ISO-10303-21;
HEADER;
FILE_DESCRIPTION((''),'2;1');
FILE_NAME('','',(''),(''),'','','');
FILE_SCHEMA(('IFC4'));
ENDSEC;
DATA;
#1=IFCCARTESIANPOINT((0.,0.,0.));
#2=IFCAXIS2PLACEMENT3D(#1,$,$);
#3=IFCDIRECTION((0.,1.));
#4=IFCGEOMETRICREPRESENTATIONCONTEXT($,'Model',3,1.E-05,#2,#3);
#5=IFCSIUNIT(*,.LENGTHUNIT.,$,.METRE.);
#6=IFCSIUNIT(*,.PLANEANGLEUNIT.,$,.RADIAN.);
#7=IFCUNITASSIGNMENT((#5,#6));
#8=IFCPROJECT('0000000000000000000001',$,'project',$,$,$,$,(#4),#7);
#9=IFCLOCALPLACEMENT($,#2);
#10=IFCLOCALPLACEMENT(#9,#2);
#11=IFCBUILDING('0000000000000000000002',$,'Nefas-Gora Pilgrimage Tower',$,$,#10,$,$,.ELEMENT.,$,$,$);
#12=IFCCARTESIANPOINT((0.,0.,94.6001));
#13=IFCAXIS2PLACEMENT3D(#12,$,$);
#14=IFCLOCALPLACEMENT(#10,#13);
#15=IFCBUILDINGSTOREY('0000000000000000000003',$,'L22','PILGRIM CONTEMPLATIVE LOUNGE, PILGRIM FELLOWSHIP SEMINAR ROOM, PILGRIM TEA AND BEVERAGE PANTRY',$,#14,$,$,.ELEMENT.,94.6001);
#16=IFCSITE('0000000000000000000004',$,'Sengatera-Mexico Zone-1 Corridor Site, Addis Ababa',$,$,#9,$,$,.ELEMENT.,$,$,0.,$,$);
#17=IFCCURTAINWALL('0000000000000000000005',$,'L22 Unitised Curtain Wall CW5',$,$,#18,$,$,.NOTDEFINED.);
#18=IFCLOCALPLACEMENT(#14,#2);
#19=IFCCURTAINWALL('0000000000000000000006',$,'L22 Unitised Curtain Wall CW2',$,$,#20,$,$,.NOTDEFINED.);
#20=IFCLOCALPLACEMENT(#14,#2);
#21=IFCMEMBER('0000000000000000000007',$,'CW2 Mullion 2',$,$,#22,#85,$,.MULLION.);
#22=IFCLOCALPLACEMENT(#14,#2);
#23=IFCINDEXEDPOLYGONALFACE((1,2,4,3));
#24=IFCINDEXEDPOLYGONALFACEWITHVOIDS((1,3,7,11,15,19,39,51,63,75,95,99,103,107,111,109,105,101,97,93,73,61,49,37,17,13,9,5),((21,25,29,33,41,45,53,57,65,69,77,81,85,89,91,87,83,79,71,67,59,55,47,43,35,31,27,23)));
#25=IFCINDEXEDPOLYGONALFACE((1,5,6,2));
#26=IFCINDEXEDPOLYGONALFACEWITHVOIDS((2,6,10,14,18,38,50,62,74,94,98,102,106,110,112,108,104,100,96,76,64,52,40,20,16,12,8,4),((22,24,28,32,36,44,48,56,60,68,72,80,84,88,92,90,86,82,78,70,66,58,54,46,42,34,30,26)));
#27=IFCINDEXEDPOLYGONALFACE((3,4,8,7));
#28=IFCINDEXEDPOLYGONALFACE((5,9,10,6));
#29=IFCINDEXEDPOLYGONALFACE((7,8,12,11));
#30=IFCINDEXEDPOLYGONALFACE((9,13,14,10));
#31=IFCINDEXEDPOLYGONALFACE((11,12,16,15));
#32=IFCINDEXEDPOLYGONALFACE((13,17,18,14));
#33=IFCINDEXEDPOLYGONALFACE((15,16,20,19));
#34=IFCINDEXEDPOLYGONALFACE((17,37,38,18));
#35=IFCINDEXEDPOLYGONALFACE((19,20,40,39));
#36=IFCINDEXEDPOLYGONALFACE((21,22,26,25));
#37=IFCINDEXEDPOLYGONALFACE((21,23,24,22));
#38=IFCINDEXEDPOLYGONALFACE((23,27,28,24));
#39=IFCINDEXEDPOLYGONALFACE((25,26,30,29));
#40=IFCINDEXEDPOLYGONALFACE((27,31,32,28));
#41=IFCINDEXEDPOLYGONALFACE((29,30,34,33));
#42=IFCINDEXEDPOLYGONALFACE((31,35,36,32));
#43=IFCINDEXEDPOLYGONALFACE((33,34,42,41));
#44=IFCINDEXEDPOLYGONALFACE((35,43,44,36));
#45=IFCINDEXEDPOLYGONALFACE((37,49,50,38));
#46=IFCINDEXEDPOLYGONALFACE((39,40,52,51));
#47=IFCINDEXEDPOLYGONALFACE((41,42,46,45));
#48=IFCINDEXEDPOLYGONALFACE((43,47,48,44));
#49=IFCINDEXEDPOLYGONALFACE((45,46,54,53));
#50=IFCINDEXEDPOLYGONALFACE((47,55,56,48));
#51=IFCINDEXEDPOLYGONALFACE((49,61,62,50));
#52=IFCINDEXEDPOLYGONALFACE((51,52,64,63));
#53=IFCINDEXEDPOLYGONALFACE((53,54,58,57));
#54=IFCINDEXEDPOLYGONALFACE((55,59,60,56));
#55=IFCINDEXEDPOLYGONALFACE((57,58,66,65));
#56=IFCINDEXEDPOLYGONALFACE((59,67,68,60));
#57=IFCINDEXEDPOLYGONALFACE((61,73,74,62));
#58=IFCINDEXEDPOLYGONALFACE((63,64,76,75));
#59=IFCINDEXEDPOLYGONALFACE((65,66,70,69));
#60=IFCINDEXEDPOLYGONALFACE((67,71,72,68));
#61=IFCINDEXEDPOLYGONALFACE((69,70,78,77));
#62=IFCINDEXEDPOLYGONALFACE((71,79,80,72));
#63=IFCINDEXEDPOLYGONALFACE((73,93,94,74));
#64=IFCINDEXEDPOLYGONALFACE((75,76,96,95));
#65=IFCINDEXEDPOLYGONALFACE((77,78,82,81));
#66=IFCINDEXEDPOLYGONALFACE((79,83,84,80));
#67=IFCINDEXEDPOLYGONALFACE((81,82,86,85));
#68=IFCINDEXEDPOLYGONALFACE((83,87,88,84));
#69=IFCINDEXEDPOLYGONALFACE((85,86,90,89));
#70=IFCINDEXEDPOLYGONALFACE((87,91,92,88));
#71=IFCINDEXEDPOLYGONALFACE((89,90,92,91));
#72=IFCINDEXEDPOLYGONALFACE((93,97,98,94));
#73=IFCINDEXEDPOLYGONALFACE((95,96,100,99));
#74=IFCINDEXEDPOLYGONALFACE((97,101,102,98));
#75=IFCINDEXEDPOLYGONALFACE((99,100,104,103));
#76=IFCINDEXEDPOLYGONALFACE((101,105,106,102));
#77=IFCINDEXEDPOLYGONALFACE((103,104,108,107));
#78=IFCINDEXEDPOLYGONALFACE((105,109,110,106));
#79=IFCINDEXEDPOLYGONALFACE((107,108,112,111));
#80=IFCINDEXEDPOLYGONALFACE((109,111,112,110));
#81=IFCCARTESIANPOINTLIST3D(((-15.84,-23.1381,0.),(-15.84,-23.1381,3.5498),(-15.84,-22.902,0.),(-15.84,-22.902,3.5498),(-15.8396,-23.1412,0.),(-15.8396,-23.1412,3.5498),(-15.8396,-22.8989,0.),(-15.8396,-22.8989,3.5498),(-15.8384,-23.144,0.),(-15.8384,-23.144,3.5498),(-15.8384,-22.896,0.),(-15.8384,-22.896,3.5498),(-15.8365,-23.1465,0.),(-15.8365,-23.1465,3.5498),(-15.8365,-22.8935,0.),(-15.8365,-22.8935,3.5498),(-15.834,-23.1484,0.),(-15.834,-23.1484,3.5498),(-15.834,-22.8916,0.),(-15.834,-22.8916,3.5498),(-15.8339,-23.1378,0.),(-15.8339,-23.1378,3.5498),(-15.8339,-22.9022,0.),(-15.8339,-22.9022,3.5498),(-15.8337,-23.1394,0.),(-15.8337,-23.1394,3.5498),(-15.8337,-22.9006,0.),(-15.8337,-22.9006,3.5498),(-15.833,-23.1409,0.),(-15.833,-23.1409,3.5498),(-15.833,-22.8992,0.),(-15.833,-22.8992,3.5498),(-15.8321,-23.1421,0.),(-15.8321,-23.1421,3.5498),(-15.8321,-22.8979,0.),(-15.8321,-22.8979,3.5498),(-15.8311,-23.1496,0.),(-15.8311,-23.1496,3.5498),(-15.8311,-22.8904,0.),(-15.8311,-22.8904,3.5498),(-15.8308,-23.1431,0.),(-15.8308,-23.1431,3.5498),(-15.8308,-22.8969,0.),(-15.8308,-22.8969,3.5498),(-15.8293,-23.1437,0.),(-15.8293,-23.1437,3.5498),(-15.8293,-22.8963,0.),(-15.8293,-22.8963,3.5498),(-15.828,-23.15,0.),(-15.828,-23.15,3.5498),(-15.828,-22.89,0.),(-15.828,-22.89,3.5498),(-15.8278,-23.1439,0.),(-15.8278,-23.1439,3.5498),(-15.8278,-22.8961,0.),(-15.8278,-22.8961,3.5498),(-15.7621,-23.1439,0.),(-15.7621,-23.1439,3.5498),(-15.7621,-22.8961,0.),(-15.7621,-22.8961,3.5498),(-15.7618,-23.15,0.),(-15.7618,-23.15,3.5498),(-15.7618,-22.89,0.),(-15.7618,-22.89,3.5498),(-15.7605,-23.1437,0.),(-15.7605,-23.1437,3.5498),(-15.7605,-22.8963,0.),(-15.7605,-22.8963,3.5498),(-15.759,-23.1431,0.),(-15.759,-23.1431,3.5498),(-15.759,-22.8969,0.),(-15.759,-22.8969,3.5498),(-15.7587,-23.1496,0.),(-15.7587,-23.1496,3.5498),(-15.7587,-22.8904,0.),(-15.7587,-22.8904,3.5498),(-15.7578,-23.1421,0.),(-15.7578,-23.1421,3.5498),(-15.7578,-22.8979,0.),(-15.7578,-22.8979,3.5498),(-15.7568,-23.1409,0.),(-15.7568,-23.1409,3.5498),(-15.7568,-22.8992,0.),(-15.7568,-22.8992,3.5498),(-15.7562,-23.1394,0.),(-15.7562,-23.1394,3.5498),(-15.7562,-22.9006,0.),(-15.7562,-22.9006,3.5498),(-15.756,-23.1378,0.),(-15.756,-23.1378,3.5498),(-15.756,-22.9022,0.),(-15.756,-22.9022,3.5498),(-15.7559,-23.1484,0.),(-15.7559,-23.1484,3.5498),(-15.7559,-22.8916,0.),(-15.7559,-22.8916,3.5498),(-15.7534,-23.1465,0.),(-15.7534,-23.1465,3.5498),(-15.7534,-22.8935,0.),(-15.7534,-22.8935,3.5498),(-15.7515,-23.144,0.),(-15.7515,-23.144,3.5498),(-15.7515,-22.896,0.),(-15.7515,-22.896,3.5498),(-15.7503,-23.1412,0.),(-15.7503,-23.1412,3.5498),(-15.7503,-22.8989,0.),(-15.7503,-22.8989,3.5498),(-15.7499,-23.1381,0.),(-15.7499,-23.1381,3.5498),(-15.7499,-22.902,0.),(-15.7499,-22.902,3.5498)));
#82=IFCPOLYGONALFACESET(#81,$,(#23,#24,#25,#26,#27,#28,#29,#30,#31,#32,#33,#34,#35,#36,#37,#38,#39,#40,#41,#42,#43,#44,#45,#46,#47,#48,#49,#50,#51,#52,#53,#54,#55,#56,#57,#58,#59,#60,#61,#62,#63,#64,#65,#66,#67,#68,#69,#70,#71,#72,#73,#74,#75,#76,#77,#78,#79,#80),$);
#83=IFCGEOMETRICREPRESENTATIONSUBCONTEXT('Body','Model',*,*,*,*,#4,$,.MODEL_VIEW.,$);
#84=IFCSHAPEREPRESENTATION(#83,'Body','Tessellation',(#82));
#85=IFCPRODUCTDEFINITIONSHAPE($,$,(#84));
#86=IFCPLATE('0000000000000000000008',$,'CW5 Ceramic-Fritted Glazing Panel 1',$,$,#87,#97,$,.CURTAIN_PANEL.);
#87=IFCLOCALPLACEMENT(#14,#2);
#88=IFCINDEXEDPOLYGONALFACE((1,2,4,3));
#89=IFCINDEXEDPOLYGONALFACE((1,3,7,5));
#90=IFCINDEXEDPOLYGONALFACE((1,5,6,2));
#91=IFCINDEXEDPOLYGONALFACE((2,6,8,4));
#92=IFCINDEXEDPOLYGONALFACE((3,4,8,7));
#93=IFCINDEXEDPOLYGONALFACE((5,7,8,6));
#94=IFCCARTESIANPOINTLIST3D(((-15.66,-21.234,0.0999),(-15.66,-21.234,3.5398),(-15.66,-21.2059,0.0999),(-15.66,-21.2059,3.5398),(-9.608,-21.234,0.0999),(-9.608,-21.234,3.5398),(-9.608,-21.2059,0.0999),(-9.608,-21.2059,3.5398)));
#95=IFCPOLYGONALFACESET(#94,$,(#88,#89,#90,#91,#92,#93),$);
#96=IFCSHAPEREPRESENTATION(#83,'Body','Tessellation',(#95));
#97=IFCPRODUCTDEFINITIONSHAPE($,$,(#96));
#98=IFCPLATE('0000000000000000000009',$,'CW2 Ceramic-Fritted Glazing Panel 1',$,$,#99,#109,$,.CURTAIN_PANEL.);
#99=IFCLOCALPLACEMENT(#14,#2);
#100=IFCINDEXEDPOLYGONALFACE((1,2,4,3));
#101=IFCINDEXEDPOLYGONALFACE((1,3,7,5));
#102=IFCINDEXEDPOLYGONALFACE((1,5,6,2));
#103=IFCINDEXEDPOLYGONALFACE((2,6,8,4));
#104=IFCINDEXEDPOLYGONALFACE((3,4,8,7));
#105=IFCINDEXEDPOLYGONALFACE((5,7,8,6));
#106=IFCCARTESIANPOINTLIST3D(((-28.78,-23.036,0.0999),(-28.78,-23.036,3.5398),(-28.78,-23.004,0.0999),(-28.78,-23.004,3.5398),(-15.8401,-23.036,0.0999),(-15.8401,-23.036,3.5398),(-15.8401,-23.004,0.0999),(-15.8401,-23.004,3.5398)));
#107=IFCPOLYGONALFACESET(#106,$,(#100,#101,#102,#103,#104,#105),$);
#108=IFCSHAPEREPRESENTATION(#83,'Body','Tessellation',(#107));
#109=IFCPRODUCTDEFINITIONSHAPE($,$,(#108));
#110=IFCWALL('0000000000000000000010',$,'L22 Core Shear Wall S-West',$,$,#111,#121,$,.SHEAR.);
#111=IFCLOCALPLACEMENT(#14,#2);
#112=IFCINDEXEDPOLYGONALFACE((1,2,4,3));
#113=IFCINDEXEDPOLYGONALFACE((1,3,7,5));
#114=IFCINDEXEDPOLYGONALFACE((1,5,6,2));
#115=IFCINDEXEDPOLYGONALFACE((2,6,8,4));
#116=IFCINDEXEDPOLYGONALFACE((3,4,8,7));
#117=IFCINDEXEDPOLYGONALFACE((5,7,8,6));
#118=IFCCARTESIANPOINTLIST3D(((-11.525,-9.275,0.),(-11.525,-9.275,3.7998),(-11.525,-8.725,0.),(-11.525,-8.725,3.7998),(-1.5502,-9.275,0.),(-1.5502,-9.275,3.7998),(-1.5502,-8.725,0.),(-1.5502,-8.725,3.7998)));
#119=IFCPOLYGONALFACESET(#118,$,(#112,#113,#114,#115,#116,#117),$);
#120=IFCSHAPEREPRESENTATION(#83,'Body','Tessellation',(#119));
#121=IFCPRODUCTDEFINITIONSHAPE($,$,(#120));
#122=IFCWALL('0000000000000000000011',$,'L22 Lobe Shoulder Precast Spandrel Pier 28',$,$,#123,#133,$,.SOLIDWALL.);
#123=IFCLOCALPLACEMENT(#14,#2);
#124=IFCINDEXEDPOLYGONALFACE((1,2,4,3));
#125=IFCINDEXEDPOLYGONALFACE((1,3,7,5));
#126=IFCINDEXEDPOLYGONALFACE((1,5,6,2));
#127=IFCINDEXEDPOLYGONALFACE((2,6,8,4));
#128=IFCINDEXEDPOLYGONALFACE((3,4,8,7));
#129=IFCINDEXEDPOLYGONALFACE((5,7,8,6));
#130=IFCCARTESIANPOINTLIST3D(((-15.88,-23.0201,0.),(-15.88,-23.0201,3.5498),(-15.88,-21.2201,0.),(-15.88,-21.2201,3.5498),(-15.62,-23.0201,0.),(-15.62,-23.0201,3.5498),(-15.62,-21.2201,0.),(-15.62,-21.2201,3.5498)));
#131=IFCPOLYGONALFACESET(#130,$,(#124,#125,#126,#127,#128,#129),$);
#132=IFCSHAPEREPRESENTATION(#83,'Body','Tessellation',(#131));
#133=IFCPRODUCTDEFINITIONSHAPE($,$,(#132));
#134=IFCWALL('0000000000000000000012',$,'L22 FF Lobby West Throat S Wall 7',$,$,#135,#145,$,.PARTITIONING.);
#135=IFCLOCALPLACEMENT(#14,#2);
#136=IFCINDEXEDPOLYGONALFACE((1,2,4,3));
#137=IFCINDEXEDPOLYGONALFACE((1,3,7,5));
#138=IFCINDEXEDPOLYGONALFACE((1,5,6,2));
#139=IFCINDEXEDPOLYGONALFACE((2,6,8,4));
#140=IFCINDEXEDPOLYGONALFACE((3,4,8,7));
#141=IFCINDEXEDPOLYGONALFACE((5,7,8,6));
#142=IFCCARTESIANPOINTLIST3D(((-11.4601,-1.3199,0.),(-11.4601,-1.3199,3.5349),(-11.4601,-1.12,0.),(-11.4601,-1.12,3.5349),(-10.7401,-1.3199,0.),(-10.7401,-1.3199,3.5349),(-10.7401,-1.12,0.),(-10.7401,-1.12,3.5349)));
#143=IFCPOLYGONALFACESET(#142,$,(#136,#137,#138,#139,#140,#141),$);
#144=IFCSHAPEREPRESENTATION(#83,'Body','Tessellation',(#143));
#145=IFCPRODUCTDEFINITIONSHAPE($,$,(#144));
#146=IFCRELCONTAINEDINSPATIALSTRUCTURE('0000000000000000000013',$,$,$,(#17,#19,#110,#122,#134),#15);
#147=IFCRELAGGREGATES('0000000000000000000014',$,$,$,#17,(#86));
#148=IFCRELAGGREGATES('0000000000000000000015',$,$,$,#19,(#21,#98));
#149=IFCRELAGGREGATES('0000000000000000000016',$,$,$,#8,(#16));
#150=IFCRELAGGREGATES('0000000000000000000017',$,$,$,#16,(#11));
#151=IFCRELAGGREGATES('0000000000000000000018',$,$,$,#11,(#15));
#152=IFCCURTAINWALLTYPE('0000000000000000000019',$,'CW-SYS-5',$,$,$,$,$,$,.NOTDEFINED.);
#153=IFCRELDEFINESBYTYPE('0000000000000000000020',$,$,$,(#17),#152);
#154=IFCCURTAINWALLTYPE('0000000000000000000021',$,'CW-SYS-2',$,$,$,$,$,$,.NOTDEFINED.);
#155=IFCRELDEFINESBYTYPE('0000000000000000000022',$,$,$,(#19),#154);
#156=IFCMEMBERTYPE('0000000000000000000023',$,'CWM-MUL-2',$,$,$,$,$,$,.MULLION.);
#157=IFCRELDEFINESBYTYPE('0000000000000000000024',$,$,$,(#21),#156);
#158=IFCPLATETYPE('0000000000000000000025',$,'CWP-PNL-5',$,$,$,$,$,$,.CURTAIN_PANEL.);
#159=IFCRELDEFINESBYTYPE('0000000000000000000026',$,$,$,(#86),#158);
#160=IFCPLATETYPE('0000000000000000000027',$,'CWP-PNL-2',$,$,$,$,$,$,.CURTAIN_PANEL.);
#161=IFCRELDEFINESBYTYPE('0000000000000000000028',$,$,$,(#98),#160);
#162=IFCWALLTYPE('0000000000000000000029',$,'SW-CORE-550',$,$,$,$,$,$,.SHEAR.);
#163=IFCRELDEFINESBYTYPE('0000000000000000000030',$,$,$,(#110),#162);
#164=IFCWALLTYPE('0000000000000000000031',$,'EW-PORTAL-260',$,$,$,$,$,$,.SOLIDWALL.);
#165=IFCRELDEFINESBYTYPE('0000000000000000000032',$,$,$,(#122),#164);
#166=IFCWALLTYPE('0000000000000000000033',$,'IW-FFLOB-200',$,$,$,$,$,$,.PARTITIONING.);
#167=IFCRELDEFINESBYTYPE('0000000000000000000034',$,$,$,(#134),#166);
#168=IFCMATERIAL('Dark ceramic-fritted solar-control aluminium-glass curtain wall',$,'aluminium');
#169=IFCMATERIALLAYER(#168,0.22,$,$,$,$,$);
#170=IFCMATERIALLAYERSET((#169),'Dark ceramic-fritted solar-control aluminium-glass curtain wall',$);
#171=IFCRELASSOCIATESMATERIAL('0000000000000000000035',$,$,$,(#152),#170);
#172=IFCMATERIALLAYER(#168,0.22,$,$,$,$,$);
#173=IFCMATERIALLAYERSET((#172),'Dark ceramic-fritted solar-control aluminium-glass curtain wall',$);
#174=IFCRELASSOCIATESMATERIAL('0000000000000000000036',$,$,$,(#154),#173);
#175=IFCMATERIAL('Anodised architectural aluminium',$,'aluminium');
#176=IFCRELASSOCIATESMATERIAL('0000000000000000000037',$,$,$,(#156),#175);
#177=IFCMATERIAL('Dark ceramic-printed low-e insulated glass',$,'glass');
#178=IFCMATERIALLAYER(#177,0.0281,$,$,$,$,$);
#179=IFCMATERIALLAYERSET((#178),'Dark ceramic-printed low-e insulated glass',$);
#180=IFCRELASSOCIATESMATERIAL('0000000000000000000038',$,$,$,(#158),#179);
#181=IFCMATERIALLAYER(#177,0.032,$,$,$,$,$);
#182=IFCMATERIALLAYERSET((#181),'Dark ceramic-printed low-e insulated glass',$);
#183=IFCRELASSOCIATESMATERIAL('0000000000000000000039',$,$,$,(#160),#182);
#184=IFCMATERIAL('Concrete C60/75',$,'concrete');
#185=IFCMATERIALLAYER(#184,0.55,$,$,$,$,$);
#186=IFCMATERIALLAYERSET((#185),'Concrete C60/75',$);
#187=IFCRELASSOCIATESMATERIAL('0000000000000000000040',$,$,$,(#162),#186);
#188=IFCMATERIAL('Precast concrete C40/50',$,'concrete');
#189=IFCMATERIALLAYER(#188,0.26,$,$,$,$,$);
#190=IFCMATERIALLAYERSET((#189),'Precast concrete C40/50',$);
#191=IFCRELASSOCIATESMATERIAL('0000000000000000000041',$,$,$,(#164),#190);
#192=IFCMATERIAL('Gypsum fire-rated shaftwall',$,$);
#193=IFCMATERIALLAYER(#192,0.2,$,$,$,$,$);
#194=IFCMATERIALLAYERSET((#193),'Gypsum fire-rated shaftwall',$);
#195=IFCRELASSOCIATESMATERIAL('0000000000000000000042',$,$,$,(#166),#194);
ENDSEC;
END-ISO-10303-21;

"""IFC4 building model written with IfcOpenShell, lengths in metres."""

from ifc_helpers import new_model, si_unit, direction, frame, frame_2d, origin, origin_2d, place, context, subcontext, project, spatial, rectangle, hollow_rectangle, extrude, source, transform, mapped, material, layer, layer_set, material_profile, profile_set, type_object, element, aggregate, save


model = new_model("IFC4")

# Units and contexts
model_context = context("Model", 3, precision=1e-05, world=origin(), true_north=direction((0.0, 1.0)))
body_context = subcontext(model_context, "Body", "Model", "MODEL_VIEW")
ifc_project = project(units=[si_unit("LENGTHUNIT", "METRE"), si_unit("PLANEANGLEUNIT", "RADIAN")], contexts=[model_context])

# Site, building, storey
site_placement = place(None, origin())
site = spatial("IfcSite", under=ifc_project, at=site_placement, Name="Sengatera-Mexico Zone-1 Corridor Site, Addis Ababa", CompositionType="ELEMENT", RefElevation=0.0)
building_placement = place(site_placement, origin())
building = spatial("IfcBuilding", under=site, at=building_placement, Name="Nefas-Gora Pilgrimage Tower", CompositionType="ELEMENT")
storey_placement = place(building_placement, frame((0.0, 0.0, 94.6001)))
storey = spatial("IfcBuildingStorey", under=building, at=storey_placement, Name="L22", Description="PILGRIM CONTEMPLATIVE LOUNGE, PILGRIM FELLOWSHIP SEMINAR ROOM, PILGRIM TEA AND BEVERAGE PANTRY", CompositionType="ELEMENT", Elevation=94.6001)

# Curtain wall
ifc_material_1 = material(Name="Dark ceramic-fritted solar-control aluminium-glass curtain wall", Category="aluminium")
ifc_layer_1 = layer(ifc_material_1, 0.22)
ifc_layer_set_1 = layer_set([ifc_layer_1], Name="Dark ceramic-fritted solar-control aluminium-glass curtain wall")
curtain_wall_type_1 = type_object("IfcCurtainWallType", Name="CW-SYS-5", PredefinedType="NOTDEFINED", material=ifc_layer_set_1)
curtain_wall_1_placement = place(storey_placement, origin())
curtain_wall_1 = element("IfcCurtainWall", 1, at=curtain_wall_1_placement, inside=storey, type_object=curtain_wall_type_1, Name="L22 Unitised Curtain Wall CW5", PredefinedType="NOTDEFINED")
ifc_material_2 = material(Name="Anodised architectural aluminium", Category="aluminium")

# Curtain wall, member
ifc_layer_2 = layer(ifc_material_1, 0.22)
ifc_layer_set_2 = layer_set([ifc_layer_2], Name="Dark ceramic-fritted solar-control aluminium-glass curtain wall")
curtain_wall_type_2 = type_object("IfcCurtainWallType", Name="CW-SYS-2", PredefinedType="NOTDEFINED", material=ifc_layer_set_2)
curtain_wall_2_placement = place(storey_placement, origin())
curtain_wall_2 = element("IfcCurtainWall", 2, at=curtain_wall_2_placement, inside=storey, type_object=curtain_wall_type_2, Name="L22 Unitised Curtain Wall CW2", PredefinedType="NOTDEFINED")
ifc_material_profile_1 = material_profile(ifc_material_2, hollow_rectangle(XDim=0.0901, YDim=0.26, WallThickness=0.0061, InnerFilletRadius=0.0061, OuterFilletRadius=0.012, at=origin_2d()), Name="ALU MULLION 90x260")
ifc_profile_set_1 = profile_set([ifc_material_profile_1], Name="Anodised architectural aluminium")
member_type_1 = type_object("IfcMemberType", Name="CWM-MUL-2", PredefinedType="MULLION", material=ifc_profile_set_1)
shared_shape_1 = source(origin(), body_context, "Body", "SweptSolid", [
    extrude(hollow_rectangle(XDim=0.0901, YDim=0.26, WallThickness=0.0061, InnerFilletRadius=0.0061, OuterFilletRadius=0.012, at=origin_2d()), origin(), (0.0, 0.0, 1.0), 3.5498),
])
member_1_placement = place(storey_placement, frame((-15.7949, -23.02, 0.0), z_axis=(0.0, 0.0, 1.0), x_axis=(1.0, 0.0, 0.0)))
member_1 = element("IfcMember", 3, at=member_1_placement, type_object=member_type_1, Name="CW2 Mullion 2", PredefinedType="MULLION", context=body_context, shape_type="MappedRepresentation", body=[
    mapped(shared_shape_1, transform((0.0, 0.0, 0.0), x_axis=(1.0, 0.0, 0.0), y_axis=(0.0, 1.0, 0.0), z_axis=(0.0, 0.0, 1.0), scale=1.0)),
])

# Plates
ifc_material_3 = material(Name="Dark ceramic-printed low-e insulated glass", Category="glass")
ifc_layer_3 = layer(ifc_material_3, 0.0281)
ifc_layer_set_3 = layer_set([ifc_layer_3], Name="Dark ceramic-printed low-e insulated glass")
plate_type_1 = type_object("IfcPlateType", Name="CWP-PNL-5", PredefinedType="CURTAIN_PANEL", material=ifc_layer_set_3)
shared_shape_2 = source(origin(), body_context, "Body", "SweptSolid", [
    extrude(rectangle(XDim=6.052, YDim=0.0281, at=origin_2d()), origin(), (0.0, 0.0, 1.0), 3.4399),
])
plate_1_placement = place(storey_placement, frame((-12.634, -21.22, 0.0999), z_axis=(0.0, 0.0, 1.0), x_axis=(1.0, 0.0, 0.0)))
plate_1 = element("IfcPlate", 4, at=plate_1_placement, type_object=plate_type_1, Name="CW5 Ceramic-Fritted Glazing Panel 1", PredefinedType="CURTAIN_PANEL", context=body_context, shape_type="MappedRepresentation", body=[
    mapped(shared_shape_2, transform((0.0, 0.0, 0.0), x_axis=(1.0, 0.0, 0.0), y_axis=(0.0, 1.0, 0.0), z_axis=(0.0, 0.0, 1.0), scale=1.0)),
])
aggregate(curtain_wall_1, [plate_1])
ifc_layer_4 = layer(ifc_material_3, 0.032)
ifc_layer_set_4 = layer_set([ifc_layer_4], Name="Dark ceramic-printed low-e insulated glass")
plate_type_2 = type_object("IfcPlateType", Name="CWP-PNL-2", PredefinedType="CURTAIN_PANEL", material=ifc_layer_set_4)
shared_shape_3 = source(origin(), body_context, "Body", "SweptSolid", [
    extrude(rectangle(XDim=12.9399, YDim=0.032, at=origin_2d()), origin(), (0.0, 0.0, 1.0), 3.4399),
])
plate_2_placement = place(storey_placement, frame((-22.3101, -23.02, 0.0999), z_axis=(0.0, 0.0, 1.0), x_axis=(1.0, 0.0, 0.0)))
plate_2 = element("IfcPlate", 5, at=plate_2_placement, type_object=plate_type_2, Name="CW2 Ceramic-Fritted Glazing Panel 1", PredefinedType="CURTAIN_PANEL", context=body_context, shape_type="MappedRepresentation", body=[
    mapped(shared_shape_3, transform((0.0, 0.0, 0.0), x_axis=(1.0, 0.0, 0.0), y_axis=(0.0, 1.0, 0.0), z_axis=(0.0, 0.0, 1.0), scale=1.0)),
])
aggregate(curtain_wall_2, [member_1, plate_2])

# Walls
ifc_material_4 = material(Name="Concrete C60/75", Category="concrete")
ifc_layer_5 = layer(ifc_material_4, 0.55)
ifc_layer_set_5 = layer_set([ifc_layer_5], Name="Concrete C60/75")
wall_type_1 = type_object("IfcWallType", Name="SW-CORE-550", PredefinedType="SHEAR", material=ifc_layer_set_5)
shared_shape_4 = source(origin(), body_context, "Body", "SweptSolid", [
    extrude(rectangle(XDim=9.9749, YDim=0.55, at=frame_2d((4.9873, 0.0))), origin(), (0.0, 0.0, 1.0), 3.7998),
])
wall_1_placement = place(storey_placement, frame((-11.5249, -9.0, 0.0), z_axis=(0.0, 0.0, 1.0), x_axis=(1.0, 0.0, 0.0)))
element("IfcWall", 6, at=wall_1_placement, inside=storey, type_object=wall_type_1, Name="L22 Core Shear Wall S-West", PredefinedType="SHEAR", context=body_context, shape_type="MappedRepresentation", body=[
    mapped(shared_shape_4, transform((0.0, 0.0, 0.0), x_axis=(1.0, 0.0, 0.0), y_axis=(0.0, 1.0, 0.0), z_axis=(0.0, 0.0, 1.0), scale=1.0)),
])
ifc_material_5 = material(Name="Precast concrete C40/50", Category="concrete")
ifc_layer_6 = layer(ifc_material_5, 0.26)
ifc_layer_set_6 = layer_set([ifc_layer_6], Name="Precast concrete C40/50")
wall_type_2 = type_object("IfcWallType", Name="EW-PORTAL-260", PredefinedType="SOLIDWALL", material=ifc_layer_set_6)
shared_shape_5 = source(origin(), body_context, "Body", "SweptSolid", [
    extrude(rectangle(XDim=1.8, YDim=0.26, at=frame_2d((0.8999, 0.0))), origin(), (0.0, 0.0, 1.0), 3.5498),
])
wall_2_placement = place(storey_placement, frame((-15.75, -23.02, 0.0), z_axis=(0.0, 0.0, 1.0), x_axis=(0.0, 1.0, 0.0)))
element("IfcWall", 7, at=wall_2_placement, inside=storey, type_object=wall_type_2, Name="L22 Lobe Shoulder Precast Spandrel Pier 28", PredefinedType="SOLIDWALL", context=body_context, shape_type="MappedRepresentation", body=[
    mapped(shared_shape_5, transform((0.0, 0.0, 0.0), x_axis=(1.0, 0.0, 0.0), y_axis=(0.0, 1.0, 0.0), z_axis=(0.0, 0.0, 1.0), scale=1.0)),
])
ifc_material_6 = material(Name="Gypsum fire-rated shaftwall")
ifc_layer_7 = layer(ifc_material_6, 0.2)
ifc_layer_set_7 = layer_set([ifc_layer_7], Name="Gypsum fire-rated shaftwall")
wall_type_3 = type_object("IfcWallType", Name="IW-FFLOB-200", PredefinedType="PARTITIONING", material=ifc_layer_set_7)
shared_shape_6 = source(origin(), body_context, "Body", "SweptSolid", [
    extrude(rectangle(XDim=0.72, YDim=0.2, at=frame_2d((0.3599, 0.0))), origin(), (0.0, 0.0, 1.0), 3.5349),
])
wall_3_placement = place(storey_placement, frame((-11.46, -1.22, 0.0), z_axis=(0.0, 0.0, 1.0), x_axis=(1.0, 0.0, 0.0)))
element("IfcWall", 8, at=wall_3_placement, inside=storey, type_object=wall_type_3, Name="L22 FF Lobby West Throat S Wall 7", PredefinedType="PARTITIONING", context=body_context, shape_type="MappedRepresentation", body=[
    mapped(shared_shape_6, transform((0.0, 0.0, 0.0), x_axis=(1.0, 0.0, 0.0), y_axis=(0.0, 1.0, 0.0), z_axis=(0.0, 0.0, 1.0), scale=1.0)),
])

save(model, "model.ifc")
